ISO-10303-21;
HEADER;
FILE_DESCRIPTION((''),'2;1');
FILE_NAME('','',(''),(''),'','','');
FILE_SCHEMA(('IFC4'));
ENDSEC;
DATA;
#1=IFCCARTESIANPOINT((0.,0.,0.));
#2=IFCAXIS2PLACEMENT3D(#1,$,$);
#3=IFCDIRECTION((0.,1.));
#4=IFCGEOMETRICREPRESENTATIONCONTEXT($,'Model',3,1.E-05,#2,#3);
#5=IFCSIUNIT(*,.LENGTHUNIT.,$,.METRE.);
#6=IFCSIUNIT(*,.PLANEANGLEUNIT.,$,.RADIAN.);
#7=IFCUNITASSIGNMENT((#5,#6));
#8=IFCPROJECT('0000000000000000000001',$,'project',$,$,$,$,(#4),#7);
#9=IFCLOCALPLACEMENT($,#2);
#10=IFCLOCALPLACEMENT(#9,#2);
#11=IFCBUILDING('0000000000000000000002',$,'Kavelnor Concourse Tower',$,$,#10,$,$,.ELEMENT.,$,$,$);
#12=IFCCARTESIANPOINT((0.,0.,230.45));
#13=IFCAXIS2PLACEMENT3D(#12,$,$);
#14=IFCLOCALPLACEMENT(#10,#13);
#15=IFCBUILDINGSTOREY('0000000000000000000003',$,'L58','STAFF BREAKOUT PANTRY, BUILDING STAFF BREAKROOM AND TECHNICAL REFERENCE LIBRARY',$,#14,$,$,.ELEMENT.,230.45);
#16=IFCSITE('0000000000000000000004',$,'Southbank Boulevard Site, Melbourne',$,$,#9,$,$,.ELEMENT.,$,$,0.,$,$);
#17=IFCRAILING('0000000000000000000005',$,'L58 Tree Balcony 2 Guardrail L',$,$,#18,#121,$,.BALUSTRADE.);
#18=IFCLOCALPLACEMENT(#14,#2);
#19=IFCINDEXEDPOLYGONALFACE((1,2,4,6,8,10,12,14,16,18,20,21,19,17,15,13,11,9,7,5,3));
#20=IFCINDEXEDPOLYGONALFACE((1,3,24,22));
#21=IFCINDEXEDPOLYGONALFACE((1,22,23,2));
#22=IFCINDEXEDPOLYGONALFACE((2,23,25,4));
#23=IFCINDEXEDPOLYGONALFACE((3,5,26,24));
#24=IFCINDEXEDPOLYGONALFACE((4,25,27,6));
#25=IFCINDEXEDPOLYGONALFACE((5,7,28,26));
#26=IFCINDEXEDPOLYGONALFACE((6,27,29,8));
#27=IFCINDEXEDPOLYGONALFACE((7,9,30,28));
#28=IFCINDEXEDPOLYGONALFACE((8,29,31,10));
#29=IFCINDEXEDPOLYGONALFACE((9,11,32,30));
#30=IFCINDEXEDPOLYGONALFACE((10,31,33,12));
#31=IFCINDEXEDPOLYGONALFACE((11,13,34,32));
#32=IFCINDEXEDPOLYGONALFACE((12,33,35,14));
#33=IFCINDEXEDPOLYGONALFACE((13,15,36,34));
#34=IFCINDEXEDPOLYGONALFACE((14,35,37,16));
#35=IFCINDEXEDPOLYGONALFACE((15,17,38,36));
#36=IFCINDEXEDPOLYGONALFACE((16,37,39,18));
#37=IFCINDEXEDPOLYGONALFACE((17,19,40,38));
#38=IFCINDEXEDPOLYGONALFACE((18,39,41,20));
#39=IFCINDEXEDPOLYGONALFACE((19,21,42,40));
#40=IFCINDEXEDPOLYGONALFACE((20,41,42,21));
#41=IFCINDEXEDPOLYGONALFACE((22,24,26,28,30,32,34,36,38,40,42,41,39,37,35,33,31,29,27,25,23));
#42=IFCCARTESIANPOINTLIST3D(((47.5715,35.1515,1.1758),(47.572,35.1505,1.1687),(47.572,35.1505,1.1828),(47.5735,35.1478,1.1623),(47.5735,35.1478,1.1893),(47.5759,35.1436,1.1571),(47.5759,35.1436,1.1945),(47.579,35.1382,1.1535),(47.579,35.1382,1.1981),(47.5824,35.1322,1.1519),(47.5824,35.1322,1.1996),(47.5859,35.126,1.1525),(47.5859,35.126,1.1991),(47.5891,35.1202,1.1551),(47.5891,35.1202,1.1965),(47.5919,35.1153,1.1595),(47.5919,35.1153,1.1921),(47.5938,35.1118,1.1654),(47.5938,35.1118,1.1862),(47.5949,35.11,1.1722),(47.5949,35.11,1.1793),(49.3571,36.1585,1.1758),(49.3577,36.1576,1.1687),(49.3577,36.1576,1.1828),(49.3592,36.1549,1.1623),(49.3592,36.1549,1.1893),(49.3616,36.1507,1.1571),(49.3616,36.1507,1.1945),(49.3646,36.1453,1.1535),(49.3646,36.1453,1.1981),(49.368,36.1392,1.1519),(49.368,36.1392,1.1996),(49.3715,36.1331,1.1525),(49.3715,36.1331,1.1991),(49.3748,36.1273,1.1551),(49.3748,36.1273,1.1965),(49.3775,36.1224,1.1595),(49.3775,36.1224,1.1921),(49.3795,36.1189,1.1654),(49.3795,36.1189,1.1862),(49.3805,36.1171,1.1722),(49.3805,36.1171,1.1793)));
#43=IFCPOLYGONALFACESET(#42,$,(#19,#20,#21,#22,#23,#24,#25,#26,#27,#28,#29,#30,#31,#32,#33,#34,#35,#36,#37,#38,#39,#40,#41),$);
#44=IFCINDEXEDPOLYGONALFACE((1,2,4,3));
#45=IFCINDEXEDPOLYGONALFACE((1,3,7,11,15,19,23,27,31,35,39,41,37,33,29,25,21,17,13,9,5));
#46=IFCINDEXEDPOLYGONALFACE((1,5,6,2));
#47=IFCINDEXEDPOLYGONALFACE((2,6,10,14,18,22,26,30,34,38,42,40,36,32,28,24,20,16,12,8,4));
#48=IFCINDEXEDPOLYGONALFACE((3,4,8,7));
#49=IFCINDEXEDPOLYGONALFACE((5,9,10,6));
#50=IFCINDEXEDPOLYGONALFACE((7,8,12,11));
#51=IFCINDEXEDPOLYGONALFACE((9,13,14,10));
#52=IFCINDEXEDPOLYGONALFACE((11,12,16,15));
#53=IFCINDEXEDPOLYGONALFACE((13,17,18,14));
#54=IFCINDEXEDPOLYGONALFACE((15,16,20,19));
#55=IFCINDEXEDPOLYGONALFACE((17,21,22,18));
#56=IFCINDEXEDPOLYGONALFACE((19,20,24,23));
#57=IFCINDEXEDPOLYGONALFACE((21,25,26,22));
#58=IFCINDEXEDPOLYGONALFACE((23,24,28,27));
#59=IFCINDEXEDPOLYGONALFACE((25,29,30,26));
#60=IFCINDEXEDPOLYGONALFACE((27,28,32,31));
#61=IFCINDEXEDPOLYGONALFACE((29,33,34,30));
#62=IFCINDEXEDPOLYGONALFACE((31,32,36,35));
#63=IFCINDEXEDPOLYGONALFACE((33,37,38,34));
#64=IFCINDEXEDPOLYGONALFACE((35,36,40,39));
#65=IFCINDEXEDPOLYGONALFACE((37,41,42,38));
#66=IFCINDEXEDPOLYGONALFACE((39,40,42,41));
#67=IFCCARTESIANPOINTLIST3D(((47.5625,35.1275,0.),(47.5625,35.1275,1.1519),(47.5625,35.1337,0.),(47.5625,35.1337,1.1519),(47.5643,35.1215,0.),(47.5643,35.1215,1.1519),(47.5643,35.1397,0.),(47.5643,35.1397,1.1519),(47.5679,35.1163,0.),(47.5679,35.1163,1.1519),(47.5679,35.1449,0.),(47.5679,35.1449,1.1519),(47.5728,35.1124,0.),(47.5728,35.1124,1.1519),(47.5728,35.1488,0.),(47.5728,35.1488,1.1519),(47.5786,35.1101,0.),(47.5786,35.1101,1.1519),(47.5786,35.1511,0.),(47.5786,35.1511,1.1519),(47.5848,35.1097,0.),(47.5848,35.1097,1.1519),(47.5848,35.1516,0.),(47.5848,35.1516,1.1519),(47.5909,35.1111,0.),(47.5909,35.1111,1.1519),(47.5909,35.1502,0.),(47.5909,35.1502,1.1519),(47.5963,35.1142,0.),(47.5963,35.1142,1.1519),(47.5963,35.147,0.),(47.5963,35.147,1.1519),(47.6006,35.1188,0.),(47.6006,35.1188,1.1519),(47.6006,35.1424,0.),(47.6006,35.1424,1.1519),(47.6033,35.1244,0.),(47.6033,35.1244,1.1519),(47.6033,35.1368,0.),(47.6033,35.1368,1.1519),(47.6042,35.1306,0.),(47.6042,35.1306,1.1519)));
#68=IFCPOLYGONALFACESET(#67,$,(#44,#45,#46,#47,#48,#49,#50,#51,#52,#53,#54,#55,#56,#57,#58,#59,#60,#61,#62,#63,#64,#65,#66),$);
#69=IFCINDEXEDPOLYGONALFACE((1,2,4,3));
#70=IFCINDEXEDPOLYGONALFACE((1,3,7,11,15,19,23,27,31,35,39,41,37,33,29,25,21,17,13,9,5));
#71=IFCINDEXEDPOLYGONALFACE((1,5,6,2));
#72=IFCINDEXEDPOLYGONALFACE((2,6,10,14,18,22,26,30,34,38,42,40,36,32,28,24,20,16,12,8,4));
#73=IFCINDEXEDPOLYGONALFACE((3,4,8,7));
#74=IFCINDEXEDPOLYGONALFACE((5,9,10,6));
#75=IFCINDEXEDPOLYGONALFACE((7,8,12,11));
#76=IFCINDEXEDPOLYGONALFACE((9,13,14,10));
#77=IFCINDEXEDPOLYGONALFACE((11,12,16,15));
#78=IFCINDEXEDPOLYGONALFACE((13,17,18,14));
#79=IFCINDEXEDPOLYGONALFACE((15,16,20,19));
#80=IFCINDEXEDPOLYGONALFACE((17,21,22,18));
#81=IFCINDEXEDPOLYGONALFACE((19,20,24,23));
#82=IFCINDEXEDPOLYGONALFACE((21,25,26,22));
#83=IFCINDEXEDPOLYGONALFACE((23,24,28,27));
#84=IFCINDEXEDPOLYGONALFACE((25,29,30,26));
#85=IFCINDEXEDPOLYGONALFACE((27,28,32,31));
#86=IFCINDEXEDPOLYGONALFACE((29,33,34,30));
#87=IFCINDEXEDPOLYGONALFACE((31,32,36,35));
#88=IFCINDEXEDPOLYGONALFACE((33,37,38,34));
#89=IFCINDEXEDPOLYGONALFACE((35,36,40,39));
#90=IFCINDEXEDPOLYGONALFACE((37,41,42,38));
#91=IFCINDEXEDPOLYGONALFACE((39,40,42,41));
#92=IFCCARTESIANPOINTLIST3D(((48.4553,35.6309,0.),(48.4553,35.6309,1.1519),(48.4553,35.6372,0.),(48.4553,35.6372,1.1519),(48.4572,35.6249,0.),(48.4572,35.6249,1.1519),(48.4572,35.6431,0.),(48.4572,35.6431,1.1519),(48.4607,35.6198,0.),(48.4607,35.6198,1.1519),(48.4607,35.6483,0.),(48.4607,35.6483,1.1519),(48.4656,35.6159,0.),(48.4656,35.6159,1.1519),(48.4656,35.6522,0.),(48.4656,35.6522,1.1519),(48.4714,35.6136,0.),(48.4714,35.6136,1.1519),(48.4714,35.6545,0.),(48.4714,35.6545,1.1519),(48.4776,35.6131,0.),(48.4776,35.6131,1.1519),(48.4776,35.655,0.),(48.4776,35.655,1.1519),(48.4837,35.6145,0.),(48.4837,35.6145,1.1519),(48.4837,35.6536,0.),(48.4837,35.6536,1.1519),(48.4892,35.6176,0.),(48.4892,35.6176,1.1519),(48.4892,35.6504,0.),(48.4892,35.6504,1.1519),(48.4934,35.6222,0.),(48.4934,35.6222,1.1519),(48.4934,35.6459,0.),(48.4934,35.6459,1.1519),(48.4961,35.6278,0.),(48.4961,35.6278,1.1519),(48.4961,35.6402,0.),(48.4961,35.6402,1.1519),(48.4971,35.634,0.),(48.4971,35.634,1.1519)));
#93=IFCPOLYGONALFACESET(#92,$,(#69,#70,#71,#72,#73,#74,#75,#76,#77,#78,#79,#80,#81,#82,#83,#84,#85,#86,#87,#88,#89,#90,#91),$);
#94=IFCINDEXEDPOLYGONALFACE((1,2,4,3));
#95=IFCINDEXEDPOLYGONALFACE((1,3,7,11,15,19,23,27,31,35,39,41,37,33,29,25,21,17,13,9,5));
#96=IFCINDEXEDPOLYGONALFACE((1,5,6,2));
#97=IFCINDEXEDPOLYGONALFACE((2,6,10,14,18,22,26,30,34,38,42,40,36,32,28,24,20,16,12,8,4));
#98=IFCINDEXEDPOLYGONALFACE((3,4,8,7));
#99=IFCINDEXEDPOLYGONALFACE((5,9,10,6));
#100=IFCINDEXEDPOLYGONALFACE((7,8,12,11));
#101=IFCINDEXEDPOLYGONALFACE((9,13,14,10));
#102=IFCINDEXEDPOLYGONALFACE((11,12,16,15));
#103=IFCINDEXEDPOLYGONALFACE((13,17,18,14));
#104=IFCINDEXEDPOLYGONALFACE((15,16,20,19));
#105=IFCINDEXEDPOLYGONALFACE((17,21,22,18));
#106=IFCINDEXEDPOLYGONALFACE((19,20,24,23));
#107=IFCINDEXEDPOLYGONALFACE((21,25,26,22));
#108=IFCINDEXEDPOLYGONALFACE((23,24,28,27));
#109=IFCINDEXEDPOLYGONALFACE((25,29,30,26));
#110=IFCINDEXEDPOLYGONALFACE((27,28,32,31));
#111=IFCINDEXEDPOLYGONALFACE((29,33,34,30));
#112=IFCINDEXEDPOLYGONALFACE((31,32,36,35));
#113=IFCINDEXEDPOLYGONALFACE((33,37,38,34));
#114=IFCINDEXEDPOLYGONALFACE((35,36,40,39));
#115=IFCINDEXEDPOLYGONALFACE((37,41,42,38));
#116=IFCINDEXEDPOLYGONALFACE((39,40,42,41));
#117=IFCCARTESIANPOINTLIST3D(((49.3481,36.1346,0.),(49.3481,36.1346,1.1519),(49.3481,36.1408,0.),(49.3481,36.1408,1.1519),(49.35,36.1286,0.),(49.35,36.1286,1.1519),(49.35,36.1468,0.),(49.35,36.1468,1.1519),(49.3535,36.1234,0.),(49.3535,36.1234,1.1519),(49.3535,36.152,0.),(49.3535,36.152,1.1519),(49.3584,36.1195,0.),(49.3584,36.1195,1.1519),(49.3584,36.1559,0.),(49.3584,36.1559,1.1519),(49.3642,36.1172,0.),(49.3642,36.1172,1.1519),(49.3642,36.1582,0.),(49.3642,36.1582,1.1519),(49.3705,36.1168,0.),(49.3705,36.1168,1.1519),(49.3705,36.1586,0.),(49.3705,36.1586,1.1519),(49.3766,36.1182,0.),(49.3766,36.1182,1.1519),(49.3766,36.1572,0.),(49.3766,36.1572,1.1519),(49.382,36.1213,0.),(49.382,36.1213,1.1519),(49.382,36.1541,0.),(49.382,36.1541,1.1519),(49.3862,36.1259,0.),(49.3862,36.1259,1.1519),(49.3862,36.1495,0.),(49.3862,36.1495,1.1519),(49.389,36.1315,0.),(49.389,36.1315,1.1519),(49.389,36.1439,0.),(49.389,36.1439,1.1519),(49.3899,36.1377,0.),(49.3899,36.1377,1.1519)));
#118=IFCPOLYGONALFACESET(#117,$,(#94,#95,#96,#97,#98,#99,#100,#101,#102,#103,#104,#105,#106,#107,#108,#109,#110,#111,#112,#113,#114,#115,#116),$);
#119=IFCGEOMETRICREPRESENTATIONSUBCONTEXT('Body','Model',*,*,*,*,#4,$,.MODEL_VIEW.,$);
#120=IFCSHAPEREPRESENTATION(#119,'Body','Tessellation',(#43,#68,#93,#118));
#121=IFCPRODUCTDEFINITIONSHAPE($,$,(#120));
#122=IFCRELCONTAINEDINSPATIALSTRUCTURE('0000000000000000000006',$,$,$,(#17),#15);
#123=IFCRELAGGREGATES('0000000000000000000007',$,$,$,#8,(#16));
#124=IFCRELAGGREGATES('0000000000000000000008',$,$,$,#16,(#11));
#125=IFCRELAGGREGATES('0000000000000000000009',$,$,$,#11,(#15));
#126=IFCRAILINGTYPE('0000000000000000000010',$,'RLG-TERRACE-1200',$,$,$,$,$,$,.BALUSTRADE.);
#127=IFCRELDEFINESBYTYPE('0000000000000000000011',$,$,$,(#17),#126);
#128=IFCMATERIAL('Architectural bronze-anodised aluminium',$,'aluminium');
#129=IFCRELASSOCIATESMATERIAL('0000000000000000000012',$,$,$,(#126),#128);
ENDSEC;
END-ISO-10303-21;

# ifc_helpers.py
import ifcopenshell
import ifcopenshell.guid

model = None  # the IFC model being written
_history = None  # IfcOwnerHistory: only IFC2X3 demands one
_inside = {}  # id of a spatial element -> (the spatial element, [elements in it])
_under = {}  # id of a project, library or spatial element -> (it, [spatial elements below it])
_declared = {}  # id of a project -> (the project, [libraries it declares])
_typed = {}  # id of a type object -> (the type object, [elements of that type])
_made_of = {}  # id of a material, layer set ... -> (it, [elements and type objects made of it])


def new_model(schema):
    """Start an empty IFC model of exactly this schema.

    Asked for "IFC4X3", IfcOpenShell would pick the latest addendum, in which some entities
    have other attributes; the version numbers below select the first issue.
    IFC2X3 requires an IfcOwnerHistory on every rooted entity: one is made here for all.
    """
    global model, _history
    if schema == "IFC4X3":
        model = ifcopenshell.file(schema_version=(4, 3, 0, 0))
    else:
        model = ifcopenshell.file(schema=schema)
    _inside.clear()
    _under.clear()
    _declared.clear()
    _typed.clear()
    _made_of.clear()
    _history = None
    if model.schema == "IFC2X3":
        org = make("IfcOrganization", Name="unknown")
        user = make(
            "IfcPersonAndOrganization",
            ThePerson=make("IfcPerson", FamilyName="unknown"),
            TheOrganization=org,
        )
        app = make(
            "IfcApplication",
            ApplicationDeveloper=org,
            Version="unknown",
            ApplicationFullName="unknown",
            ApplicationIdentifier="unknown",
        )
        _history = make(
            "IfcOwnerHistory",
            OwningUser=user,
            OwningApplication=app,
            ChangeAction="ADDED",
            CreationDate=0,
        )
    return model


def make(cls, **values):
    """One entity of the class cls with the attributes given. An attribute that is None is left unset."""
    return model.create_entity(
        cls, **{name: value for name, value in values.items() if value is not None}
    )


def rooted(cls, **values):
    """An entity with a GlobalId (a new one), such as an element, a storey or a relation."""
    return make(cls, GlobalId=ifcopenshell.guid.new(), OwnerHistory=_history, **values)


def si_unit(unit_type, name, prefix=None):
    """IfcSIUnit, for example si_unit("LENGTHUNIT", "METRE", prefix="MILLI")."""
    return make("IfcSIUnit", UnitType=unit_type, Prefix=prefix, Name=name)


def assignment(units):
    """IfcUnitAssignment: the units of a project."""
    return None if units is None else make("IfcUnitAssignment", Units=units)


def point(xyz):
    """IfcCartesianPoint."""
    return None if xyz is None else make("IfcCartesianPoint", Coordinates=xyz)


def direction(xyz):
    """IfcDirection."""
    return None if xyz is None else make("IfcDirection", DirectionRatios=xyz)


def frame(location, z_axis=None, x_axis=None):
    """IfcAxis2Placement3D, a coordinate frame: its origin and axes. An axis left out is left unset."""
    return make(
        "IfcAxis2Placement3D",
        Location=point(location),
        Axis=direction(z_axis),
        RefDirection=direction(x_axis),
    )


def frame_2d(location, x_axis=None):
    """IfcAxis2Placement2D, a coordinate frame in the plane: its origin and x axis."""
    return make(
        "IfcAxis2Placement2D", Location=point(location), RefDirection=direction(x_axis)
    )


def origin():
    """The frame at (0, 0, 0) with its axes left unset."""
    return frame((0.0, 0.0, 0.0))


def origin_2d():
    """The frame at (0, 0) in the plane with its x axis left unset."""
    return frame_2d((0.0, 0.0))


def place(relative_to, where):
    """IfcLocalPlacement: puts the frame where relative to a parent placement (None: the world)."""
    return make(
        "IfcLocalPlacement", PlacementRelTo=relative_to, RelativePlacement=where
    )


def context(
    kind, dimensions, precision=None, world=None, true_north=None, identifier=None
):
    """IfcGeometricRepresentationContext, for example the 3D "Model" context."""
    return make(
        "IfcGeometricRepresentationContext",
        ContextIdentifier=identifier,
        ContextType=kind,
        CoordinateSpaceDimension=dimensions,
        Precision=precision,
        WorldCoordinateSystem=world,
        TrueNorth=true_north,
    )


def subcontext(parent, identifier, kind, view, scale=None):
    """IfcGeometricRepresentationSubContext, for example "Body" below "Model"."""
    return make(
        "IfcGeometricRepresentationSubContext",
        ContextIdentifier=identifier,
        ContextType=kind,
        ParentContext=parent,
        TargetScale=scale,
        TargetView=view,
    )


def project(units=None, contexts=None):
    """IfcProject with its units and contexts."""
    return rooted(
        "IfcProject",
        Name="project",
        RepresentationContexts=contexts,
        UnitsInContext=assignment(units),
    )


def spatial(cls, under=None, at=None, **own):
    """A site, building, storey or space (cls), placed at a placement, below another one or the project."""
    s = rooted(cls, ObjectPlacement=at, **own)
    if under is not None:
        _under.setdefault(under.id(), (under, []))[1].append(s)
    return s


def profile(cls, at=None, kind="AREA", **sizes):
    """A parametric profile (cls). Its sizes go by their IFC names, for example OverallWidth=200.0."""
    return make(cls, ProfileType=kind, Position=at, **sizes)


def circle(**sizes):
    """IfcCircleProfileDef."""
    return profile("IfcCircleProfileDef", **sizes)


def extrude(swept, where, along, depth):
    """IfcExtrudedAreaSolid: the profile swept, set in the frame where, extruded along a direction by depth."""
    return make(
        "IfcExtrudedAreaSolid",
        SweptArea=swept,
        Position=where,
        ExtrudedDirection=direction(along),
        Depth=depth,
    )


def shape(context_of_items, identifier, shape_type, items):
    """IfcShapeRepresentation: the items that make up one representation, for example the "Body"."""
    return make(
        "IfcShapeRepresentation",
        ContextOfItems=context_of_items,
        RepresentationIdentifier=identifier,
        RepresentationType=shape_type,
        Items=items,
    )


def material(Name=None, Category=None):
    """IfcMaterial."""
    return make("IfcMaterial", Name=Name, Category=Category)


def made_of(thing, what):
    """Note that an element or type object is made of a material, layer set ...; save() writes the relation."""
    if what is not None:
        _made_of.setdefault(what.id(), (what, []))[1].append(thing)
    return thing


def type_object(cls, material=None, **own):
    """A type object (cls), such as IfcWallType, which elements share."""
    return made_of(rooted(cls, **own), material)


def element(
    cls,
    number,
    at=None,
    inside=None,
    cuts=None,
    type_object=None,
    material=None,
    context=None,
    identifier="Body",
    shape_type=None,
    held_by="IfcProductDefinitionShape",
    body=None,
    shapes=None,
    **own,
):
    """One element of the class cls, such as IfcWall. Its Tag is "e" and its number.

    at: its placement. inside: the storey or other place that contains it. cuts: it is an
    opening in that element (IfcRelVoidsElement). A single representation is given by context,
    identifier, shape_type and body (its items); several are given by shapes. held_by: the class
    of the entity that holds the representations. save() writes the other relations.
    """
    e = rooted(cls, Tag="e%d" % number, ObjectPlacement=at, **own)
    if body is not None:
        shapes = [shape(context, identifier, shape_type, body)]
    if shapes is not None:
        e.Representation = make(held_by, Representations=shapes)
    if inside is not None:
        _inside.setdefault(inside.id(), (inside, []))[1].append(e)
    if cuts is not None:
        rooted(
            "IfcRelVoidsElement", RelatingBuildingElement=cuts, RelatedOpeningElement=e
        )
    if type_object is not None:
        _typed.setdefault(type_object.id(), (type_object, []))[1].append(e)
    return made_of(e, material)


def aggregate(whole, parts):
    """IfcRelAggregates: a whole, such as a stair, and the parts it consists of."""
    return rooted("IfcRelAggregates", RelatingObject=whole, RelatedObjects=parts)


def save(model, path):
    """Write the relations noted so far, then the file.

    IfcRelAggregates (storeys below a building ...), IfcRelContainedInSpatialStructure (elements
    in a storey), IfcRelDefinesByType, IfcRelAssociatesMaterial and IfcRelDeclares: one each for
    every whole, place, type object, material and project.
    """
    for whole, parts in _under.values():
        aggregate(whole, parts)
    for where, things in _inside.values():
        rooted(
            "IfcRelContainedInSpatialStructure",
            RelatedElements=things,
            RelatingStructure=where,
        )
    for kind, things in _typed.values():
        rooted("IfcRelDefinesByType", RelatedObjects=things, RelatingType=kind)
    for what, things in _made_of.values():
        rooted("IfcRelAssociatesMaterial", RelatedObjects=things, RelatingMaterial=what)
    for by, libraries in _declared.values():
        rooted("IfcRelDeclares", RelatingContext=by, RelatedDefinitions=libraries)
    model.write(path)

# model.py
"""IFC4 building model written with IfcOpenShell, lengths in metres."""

from ifc_helpers import new_model, si_unit, direction, frame, origin, origin_2d, place, context, subcontext, project, spatial, circle, extrude, material, type_object, element, save


model = new_model("IFC4")

# Units and contexts
model_context = context("Model", 3, precision=1e-05, world=origin(), true_north=direction((0.0, 1.0)))
body_context = subcontext(model_context, "Body", "Model", "MODEL_VIEW")
ifc_project = project(units=[si_unit("LENGTHUNIT", "METRE"), si_unit("PLANEANGLEUNIT", "RADIAN")], contexts=[model_context])

# Site, building, storey
site_placement = place(None, origin())
site = spatial("IfcSite", under=ifc_project, at=site_placement, Name="Southbank Boulevard Site, Melbourne", CompositionType="ELEMENT", RefElevation=0.0)
building_placement = place(site_placement, origin())
building = spatial("IfcBuilding", under=site, at=building_placement, Name="Kavelnor Concourse Tower", CompositionType="ELEMENT")
storey_placement = place(building_placement, frame((0.0, 0.0, 230.45)))
storey = spatial("IfcBuildingStorey", under=building, at=storey_placement, Name="L58", Description="STAFF BREAKOUT PANTRY, BUILDING STAFF BREAKROOM AND TECHNICAL REFERENCE LIBRARY", CompositionType="ELEMENT", Elevation=230.45)

# Railing
ifc_material_1 = material(Name="Architectural bronze-anodised aluminium", Category="aluminium")
railing_type = type_object("IfcRailingType", Name="RLG-TERRACE-1200", PredefinedType="BALUSTRADE", material=ifc_material_1)
railing_1_placement = place(storey_placement, frame((47.5833, 35.1306, 0.0)))
element("IfcRailing", 1, at=railing_1_placement, inside=storey, type_object=railing_type, Name="L58 Tree Balcony 2 Guardrail L", PredefinedType="BALUSTRADE", context=body_context, shape_type="SweptSolid", body=[
    extrude(circle(Radius=0.0239, at=origin_2d()), frame((0.0, 0.0, 1.1758), z_axis=(0.871022, 0.491245, 0.0), x_axis=(-0.491245, 0.871022, 0.0)), (0.0, 0.0, 1.0), 2.05),
    extrude(circle(Radius=0.021, at=origin_2d()), origin(), (0.0, 0.0, 1.0), 1.1519),
    extrude(circle(Radius=0.021, at=origin_2d()), frame((0.8928, 0.5034, 0.0)), (0.0, 0.0, 1.0), 1.1519),
    extrude(circle(Radius=0.021, at=origin_2d()), frame((1.7856, 1.0071, 0.0)), (0.0, 0.0, 1.0), 1.1519),
])

save(model, "model.ifc")
